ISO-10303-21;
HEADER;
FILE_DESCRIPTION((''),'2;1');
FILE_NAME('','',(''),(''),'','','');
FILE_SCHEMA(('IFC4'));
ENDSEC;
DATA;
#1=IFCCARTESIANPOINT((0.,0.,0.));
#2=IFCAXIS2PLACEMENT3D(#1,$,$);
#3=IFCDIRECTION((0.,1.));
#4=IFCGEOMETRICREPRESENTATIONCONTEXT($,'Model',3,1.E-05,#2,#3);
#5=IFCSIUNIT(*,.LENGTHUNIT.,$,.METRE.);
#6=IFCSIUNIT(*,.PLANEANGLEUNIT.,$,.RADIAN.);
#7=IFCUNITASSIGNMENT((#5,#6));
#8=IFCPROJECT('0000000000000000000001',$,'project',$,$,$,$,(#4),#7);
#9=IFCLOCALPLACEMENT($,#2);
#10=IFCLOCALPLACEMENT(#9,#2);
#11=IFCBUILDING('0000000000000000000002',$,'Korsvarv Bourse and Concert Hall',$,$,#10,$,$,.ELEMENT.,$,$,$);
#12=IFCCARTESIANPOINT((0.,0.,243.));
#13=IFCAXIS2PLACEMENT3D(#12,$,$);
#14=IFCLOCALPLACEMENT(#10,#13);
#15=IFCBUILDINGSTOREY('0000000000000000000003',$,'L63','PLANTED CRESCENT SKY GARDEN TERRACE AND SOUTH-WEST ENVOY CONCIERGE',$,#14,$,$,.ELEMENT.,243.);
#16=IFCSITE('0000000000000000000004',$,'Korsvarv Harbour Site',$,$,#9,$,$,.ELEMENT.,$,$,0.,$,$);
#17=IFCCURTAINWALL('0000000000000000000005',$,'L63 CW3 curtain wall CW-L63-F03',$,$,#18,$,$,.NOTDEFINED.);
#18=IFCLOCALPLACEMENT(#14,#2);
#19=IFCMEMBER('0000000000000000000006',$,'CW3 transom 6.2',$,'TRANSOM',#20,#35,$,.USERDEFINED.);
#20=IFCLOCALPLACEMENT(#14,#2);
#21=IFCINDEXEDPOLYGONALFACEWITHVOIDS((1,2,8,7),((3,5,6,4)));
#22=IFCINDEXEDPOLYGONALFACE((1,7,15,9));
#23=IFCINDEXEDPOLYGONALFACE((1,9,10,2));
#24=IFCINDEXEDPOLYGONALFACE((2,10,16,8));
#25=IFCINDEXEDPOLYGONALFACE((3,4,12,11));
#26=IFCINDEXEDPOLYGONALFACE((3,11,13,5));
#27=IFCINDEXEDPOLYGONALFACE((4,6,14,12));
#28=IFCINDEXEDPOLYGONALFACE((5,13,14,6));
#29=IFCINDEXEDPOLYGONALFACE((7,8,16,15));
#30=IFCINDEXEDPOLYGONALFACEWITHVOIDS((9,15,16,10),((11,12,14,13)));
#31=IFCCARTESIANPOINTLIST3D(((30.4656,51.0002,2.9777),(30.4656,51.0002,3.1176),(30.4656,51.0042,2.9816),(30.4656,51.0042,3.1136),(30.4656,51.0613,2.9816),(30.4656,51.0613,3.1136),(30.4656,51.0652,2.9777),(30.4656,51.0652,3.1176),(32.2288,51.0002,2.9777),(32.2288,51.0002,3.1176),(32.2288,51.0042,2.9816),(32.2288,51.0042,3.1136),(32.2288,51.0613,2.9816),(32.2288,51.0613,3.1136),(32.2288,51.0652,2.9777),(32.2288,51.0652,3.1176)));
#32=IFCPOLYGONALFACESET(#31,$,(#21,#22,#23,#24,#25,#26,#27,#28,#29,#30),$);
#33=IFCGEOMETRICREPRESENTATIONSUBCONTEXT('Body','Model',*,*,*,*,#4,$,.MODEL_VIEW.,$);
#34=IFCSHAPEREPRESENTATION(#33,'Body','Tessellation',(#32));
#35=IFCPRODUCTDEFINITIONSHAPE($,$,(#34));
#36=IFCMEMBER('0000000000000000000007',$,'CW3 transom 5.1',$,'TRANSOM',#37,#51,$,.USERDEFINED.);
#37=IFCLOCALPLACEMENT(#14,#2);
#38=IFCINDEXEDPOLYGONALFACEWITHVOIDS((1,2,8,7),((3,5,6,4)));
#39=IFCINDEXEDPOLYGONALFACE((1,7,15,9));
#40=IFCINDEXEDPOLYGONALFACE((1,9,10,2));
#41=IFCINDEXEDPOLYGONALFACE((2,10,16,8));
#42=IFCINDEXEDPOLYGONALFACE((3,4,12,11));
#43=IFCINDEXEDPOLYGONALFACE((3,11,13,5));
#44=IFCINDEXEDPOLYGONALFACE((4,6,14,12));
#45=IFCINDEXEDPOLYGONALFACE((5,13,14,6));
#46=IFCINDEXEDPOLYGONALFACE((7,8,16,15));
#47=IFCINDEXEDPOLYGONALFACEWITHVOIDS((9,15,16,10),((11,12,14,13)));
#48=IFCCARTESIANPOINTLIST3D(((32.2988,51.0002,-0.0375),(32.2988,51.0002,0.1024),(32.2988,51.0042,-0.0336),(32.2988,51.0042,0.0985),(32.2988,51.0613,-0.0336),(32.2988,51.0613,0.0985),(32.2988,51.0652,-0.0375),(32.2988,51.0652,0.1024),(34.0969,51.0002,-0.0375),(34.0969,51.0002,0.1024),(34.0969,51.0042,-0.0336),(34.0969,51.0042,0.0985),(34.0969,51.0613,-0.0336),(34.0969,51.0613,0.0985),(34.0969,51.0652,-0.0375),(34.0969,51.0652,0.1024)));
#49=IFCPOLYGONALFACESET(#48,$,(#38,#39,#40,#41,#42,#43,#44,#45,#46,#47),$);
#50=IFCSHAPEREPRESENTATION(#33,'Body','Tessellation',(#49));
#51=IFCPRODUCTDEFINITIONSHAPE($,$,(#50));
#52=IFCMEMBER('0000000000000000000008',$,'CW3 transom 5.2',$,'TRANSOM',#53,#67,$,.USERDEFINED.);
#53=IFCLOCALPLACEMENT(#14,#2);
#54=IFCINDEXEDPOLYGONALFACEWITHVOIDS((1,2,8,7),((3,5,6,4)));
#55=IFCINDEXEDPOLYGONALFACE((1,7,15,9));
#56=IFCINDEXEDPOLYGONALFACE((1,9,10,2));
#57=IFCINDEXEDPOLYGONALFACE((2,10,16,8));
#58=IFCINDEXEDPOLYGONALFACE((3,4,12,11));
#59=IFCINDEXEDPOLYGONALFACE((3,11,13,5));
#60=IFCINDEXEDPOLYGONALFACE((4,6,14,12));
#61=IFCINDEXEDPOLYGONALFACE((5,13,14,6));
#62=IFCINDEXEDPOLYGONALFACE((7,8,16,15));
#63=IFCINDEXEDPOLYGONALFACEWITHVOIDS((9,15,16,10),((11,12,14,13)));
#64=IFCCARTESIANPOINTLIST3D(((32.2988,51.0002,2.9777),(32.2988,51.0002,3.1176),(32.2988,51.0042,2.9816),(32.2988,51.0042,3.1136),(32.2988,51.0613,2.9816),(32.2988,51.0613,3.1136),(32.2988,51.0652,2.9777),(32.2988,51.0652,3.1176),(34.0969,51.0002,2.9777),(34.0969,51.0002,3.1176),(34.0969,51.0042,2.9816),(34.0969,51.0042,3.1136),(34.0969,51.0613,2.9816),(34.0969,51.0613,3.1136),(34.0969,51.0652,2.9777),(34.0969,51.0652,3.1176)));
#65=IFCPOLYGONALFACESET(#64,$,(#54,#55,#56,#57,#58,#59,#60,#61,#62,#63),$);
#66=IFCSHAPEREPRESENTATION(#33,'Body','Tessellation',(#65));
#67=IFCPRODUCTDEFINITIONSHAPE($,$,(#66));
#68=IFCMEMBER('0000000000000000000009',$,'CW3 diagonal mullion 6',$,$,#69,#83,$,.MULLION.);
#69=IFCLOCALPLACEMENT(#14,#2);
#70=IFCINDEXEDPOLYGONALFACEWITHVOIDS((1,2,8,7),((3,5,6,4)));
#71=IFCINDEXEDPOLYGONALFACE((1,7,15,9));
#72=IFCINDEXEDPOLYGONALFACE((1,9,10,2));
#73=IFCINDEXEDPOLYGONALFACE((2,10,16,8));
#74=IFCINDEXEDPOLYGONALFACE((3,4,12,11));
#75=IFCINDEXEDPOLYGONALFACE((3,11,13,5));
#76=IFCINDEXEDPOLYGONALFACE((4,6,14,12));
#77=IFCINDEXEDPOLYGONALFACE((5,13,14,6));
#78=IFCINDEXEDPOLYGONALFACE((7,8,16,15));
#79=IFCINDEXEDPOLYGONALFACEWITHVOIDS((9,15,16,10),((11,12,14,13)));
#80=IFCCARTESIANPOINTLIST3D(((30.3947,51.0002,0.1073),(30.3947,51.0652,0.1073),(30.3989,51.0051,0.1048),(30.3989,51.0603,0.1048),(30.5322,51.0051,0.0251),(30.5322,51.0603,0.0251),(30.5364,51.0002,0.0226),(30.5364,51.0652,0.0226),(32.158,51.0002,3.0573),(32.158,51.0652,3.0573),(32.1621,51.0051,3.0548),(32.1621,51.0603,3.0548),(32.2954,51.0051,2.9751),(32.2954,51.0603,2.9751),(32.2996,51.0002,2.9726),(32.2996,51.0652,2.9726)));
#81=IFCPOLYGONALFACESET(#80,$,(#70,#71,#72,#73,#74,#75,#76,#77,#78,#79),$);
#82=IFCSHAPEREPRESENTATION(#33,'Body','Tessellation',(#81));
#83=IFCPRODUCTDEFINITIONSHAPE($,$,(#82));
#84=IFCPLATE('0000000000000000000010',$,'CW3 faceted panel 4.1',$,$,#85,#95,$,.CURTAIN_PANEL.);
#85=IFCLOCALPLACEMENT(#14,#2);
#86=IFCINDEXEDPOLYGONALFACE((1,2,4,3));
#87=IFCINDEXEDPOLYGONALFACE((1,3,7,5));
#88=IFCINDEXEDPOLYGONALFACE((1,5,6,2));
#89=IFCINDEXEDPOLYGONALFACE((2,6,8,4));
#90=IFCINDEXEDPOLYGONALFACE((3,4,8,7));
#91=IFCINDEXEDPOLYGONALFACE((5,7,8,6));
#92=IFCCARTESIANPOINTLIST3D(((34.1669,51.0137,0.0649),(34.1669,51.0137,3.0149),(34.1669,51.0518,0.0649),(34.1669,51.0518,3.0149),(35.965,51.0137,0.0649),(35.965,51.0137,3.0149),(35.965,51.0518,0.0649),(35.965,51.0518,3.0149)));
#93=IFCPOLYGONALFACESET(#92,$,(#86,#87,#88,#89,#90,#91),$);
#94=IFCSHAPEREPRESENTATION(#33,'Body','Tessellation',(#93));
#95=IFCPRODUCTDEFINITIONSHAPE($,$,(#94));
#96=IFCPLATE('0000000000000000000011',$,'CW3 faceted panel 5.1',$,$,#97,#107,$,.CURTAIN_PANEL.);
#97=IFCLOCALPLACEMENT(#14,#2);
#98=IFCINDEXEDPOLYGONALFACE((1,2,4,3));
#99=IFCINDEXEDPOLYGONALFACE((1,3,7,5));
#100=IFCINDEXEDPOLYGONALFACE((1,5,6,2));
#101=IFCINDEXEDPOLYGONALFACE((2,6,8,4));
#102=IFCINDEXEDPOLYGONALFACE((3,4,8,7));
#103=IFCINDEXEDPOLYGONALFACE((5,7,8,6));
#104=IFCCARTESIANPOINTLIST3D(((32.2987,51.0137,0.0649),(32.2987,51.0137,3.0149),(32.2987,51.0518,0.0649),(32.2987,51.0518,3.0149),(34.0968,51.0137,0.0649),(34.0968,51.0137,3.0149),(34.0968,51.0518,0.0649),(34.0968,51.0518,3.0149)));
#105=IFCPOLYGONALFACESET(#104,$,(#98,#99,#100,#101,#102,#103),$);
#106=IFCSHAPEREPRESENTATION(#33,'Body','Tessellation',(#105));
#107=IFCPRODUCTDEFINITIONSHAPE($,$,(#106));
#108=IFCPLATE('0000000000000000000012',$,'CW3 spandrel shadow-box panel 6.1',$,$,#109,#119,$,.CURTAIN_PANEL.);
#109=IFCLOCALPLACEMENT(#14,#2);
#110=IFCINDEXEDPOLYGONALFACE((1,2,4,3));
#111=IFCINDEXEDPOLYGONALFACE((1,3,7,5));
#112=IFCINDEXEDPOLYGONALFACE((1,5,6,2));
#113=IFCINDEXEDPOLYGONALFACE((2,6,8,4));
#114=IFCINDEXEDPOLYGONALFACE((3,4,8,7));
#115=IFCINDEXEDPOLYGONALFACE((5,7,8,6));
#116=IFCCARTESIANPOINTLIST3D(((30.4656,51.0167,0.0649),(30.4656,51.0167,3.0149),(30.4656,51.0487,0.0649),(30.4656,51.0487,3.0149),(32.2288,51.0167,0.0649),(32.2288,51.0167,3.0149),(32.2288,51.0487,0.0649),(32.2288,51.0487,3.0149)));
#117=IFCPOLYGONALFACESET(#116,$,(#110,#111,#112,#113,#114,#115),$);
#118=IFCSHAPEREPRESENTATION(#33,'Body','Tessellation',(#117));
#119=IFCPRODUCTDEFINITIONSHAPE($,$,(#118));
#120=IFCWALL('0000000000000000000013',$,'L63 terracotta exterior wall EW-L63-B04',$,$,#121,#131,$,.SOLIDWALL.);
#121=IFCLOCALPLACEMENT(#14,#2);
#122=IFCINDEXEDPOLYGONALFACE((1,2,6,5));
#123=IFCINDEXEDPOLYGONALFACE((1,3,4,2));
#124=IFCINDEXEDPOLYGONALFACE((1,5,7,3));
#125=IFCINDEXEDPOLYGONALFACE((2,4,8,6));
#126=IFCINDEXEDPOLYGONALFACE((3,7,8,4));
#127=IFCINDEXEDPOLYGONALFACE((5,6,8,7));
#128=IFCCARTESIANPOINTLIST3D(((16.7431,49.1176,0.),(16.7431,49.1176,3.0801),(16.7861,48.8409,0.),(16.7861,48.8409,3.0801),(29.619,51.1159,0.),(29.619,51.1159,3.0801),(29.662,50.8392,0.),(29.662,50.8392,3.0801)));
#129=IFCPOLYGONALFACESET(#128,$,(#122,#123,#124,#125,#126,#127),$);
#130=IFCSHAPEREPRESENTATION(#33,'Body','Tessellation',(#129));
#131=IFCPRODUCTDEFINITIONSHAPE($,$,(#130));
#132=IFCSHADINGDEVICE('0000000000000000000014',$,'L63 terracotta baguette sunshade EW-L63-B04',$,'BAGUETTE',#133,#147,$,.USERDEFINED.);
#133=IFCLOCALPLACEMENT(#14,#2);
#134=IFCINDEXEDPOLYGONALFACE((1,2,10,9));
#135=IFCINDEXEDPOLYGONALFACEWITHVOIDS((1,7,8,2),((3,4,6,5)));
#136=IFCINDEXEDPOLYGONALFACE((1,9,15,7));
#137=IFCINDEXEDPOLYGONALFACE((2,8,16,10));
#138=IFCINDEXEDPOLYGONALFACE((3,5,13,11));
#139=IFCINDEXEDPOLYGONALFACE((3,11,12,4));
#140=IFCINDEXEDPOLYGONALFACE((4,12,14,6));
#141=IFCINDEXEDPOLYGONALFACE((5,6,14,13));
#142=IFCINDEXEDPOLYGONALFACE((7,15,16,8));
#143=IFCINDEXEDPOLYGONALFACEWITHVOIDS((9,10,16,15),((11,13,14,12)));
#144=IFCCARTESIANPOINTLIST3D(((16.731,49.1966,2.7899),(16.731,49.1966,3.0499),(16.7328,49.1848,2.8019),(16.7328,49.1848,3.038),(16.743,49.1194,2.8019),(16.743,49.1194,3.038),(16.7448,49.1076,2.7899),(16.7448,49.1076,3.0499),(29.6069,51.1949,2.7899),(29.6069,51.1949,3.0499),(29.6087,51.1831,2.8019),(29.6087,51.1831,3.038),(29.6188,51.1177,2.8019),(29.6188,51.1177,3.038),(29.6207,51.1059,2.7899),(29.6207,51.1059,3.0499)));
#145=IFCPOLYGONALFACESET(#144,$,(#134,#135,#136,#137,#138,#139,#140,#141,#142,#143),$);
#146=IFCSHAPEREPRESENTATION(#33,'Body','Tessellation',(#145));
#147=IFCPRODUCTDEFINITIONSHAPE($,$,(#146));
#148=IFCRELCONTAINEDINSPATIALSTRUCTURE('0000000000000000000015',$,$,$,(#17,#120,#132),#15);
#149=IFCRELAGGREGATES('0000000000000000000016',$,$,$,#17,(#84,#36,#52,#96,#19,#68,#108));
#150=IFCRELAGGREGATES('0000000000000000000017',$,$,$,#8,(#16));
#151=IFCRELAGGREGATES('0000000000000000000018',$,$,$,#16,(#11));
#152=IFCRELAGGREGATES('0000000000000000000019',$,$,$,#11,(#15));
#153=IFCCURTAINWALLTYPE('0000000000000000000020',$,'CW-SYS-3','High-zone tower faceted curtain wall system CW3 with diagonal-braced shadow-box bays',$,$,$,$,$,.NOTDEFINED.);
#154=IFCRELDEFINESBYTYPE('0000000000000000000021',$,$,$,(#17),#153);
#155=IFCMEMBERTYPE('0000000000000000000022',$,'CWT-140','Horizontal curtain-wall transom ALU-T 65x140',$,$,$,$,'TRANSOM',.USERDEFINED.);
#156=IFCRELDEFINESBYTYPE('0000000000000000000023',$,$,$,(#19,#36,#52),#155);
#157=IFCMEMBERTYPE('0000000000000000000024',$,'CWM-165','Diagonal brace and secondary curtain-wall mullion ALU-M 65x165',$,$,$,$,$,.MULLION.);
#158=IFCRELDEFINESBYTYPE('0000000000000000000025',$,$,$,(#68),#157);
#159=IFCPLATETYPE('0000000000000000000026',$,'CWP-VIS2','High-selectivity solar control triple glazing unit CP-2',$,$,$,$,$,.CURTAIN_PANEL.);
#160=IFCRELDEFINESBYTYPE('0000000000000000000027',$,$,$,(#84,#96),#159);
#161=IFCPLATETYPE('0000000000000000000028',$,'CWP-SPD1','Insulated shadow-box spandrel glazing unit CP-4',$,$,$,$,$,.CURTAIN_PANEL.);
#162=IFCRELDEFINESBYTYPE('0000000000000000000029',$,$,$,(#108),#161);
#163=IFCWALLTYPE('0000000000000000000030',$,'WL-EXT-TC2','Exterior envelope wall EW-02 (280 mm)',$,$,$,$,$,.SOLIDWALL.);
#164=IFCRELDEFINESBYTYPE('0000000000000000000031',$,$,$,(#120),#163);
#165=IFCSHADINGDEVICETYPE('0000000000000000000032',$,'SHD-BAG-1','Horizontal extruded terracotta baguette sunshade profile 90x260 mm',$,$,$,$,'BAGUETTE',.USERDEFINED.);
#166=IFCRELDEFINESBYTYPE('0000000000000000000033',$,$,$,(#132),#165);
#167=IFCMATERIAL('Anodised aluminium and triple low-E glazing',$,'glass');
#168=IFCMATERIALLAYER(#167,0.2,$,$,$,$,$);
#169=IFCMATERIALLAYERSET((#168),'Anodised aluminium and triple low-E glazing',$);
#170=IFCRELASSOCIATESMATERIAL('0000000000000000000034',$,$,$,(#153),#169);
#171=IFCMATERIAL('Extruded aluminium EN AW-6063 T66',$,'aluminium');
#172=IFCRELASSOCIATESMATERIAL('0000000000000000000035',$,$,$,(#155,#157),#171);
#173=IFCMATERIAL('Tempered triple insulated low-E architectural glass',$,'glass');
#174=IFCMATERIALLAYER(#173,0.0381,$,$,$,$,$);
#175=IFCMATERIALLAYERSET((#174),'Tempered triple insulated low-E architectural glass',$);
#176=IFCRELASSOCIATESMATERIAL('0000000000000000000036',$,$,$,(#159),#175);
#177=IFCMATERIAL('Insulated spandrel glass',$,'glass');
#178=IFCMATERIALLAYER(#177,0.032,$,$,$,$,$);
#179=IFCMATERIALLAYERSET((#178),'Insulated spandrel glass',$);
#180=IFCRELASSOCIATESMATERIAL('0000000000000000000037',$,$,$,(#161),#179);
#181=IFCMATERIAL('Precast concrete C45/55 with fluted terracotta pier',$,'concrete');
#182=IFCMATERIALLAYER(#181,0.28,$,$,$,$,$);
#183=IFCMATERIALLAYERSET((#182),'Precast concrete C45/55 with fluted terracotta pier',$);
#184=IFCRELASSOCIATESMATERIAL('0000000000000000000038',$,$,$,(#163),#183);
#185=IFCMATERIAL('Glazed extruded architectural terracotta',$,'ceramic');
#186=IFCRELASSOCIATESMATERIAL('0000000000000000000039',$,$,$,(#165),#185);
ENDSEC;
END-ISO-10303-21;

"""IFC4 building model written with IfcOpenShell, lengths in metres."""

from ifc_helpers import new_model, si_unit, direction, frame, frame_2d, origin, origin_2d, place, context, subcontext, project, spatial, rectangle, hollow_rectangle, extrude, source, transform, mapped, material, layer, layer_set, material_profile, profile_set, type_object, element, aggregate, save


model = new_model("IFC4")

# Units and contexts
model_context = context("Model", 3, precision=1e-05, world=origin(), true_north=direction((0.0, 1.0)))
body_context = subcontext(model_context, "Body", "Model", "MODEL_VIEW")
ifc_project = project(units=[si_unit("LENGTHUNIT", "METRE"), si_unit("PLANEANGLEUNIT", "RADIAN")], contexts=[model_context])

# Site, building, storey
site_placement = place(None, origin())
site = spatial("IfcSite", under=ifc_project, at=site_placement, Name="Korsvarv Harbour Site", CompositionType="ELEMENT", RefElevation=0.0)
building_placement = place(site_placement, origin())
building = spatial("IfcBuilding", under=site, at=building_placement, Name="Korsvarv Bourse and Concert Hall", CompositionType="ELEMENT")
storey_placement = place(building_placement, frame((0.0, 0.0, 243.0)))
storey = spatial("IfcBuildingStorey", under=building, at=storey_placement, Name="L63", Description="PLANTED CRESCENT SKY GARDEN TERRACE AND SOUTH-WEST ENVOY CONCIERGE", CompositionType="ELEMENT", Elevation=243.0)

# Curtain wall, members, plates
ifc_material_1 = material(Name="Anodised aluminium and triple low-E glazing", Category="glass")
ifc_layer_1 = layer(ifc_material_1, 0.2)
ifc_layer_set_1 = layer_set([ifc_layer_1], Name="Anodised aluminium and triple low-E glazing")
curtain_wall_type = type_object("IfcCurtainWallType", Name="CW-SYS-3", Description="High-zone tower faceted curtain wall system CW3 with diagonal-braced shadow-box bays", PredefinedType="NOTDEFINED", material=ifc_layer_set_1)
curtain_wall_placement = place(storey_placement, origin())
curtain_wall = element("IfcCurtainWall", 1, at=curtain_wall_placement, inside=storey, type_object=curtain_wall_type, Name="L63 CW3 curtain wall CW-L63-F03", PredefinedType="NOTDEFINED")
ifc_material_2 = material(Name="Extruded aluminium EN AW-6063 T66", Category="aluminium")
ifc_material_profile_1 = material_profile(ifc_material_2, hollow_rectangle(XDim=0.0649, YDim=0.1399, WallThickness=0.0039, at=origin_2d()), Name="ALU-T 65x140")
ifc_profile_set_1 = profile_set([ifc_material_profile_1], Name="Extruded aluminium EN AW-6063 T66")
member_type_1 = type_object("IfcMemberType", Name="CWT-140", Description="Horizontal curtain-wall transom ALU-T 65x140", ElementType="TRANSOM", PredefinedType="USERDEFINED", material=ifc_profile_set_1)
shared_shape_1 = source(origin(), body_context, "Body", "SweptSolid", [
    extrude(hollow_rectangle(XDim=0.0649, YDim=0.1399, WallThickness=0.0039, at=origin_2d()), origin(), (0.0, 0.0, 1.0), 1.7632),
])
member_1_placement = place(storey_placement, frame((32.2288, 51.0327, 3.0476), z_axis=(-1.0, 0.0, 0.0), x_axis=(0.0, -1.0, 0.0)))
member_1 = element("IfcMember", 2, at=member_1_placement, type_object=member_type_1, Name="CW3 transom 6.2", ObjectType="TRANSOM", PredefinedType="USERDEFINED", context=body_context, shape_type="MappedRepresentation", body=[
    mapped(shared_shape_1, transform((0.0, 0.0, 0.0), scale=1.0)),
])
shared_shape_2 = source(origin(), body_context, "Body", "SweptSolid", [
    extrude(hollow_rectangle(XDim=0.0649, YDim=0.1399, WallThickness=0.0039, at=origin_2d()), origin(), (0.0, 0.0, 1.0), 1.7981),
])
member_2_placement = place(storey_placement, frame((34.0969, 51.0327, 0.0325), z_axis=(-1.0, 0.0, 0.0), x_axis=(0.0, -1.0, 0.0)))
member_2 = element("IfcMember", 3, at=member_2_placement, type_object=member_type_1, Name="CW3 transom 5.1", ObjectType="TRANSOM", PredefinedType="USERDEFINED", context=body_context, shape_type="MappedRepresentation", body=[
    mapped(shared_shape_2, transform((0.0, 0.0, 0.0), scale=1.0)),
])
member_3_placement = place(storey_placement, frame((34.0969, 51.0327, 3.0476), z_axis=(-1.0, 0.0, 0.0), x_axis=(0.0, -1.0, 0.0)))
member_3 = element("IfcMember", 4, at=member_3_placement, type_object=member_type_1, Name="CW3 transom 5.2", ObjectType="TRANSOM", PredefinedType="USERDEFINED", context=body_context, shape_type="MappedRepresentation", body=[
    mapped(shared_shape_2, transform((0.0, 0.0, 0.0), scale=1.0)),
])
ifc_material_profile_2 = material_profile(ifc_material_2, hollow_rectangle(XDim=0.0649, YDim=0.165, WallThickness=0.0049, at=origin_2d()), Name="ALU-M 65x165")
ifc_profile_set_2 = profile_set([ifc_material_profile_2], Name="Extruded aluminium EN AW-6063 T66")
member_type_2 = type_object("IfcMemberType", Name="CWM-165", Description="Diagonal brace and secondary curtain-wall mullion ALU-M 65x165", PredefinedType="MULLION", material=ifc_profile_set_2)
shared_shape_3 = source(origin(), body_context, "Body", "SweptSolid", [
    extrude(hollow_rectangle(XDim=0.0649, YDim=0.165, WallThickness=0.0049, at=origin_2d()), origin(), (0.0, 0.0, 1.0), 3.4368),
])
member_4_placement = place(storey_placement, frame((30.4656, 51.0327, 0.0649), z_axis=(0.513043, 0.0, 0.858363), x_axis=(0.0, 1.0, 0.0)))
member_4 = element("IfcMember", 5, at=member_4_placement, type_object=member_type_2, Name="CW3 diagonal mullion 6", PredefinedType="MULLION", context=body_context, shape_type="MappedRepresentation", body=[
    mapped(shared_shape_3, transform((0.0, 0.0, 0.0), scale=1.0)),
])
ifc_material_3 = material(Name="Tempered triple insulated low-E architectural glass", Category="glass")
ifc_layer_2 = layer(ifc_material_3, 0.0381)
ifc_layer_set_2 = layer_set([ifc_layer_2], Name="Tempered triple insulated low-E architectural glass")
plate_type_1 = type_object("IfcPlateType", Name="CWP-VIS2", Description="High-selectivity solar control triple glazing unit CP-2", PredefinedType="CURTAIN_PANEL", material=ifc_layer_set_2)
shared_shape_4 = source(origin(), body_context, "Body", "SweptSolid", [
    extrude(rectangle(XDim=1.7981, YDim=0.0381, at=origin_2d()), origin(), (0.0, 0.0, 1.0), 2.95),
])
plate_1_placement = place(storey_placement, frame((35.0659, 51.0327, 0.0649), z_axis=(0.0, 0.0, 1.0), x_axis=(-1.0, 0.0, 0.0)))
plate_1 = element("IfcPlate", 6, at=plate_1_placement, type_object=plate_type_1, Name="CW3 faceted panel 4.1", PredefinedType="CURTAIN_PANEL", context=body_context, shape_type="MappedRepresentation", body=[
    mapped(shared_shape_4, transform((0.0, 0.0, 0.0), scale=1.0)),
])
plate_2_placement = place(storey_placement, frame((33.1978, 51.0327, 0.0649), z_axis=(0.0, 0.0, 1.0), x_axis=(-1.0, 0.0, 0.0)))
plate_2 = element("IfcPlate", 7, at=plate_2_placement, type_object=plate_type_1, Name="CW3 faceted panel 5.1", PredefinedType="CURTAIN_PANEL", context=body_context, shape_type="MappedRepresentation", body=[
    mapped(shared_shape_4, transform((0.0, 0.0, 0.0), scale=1.0)),
])
ifc_material_4 = material(Name="Insulated spandrel glass", Category="glass")
ifc_layer_3 = layer(ifc_material_4, 0.032)
ifc_layer_set_3 = layer_set([ifc_layer_3], Name="Insulated spandrel glass")
plate_type_2 = type_object("IfcPlateType", Name="CWP-SPD1", Description="Insulated shadow-box spandrel glazing unit CP-4", PredefinedType="CURTAIN_PANEL", material=ifc_layer_set_3)
shared_shape_5 = source(origin(), body_context, "Body", "SweptSolid", [
    extrude(rectangle(XDim=1.7632, YDim=0.032, at=origin_2d()), origin(), (0.0, 0.0, 1.0), 2.95),
])
plate_3_placement = place(storey_placement, frame((31.3472, 51.0327, 0.0649), z_axis=(0.0, 0.0, 1.0), x_axis=(-1.0, 0.0, 0.0)))
plate_3 = element("IfcPlate", 8, at=plate_3_placement, type_object=plate_type_2, Name="CW3 spandrel shadow-box panel 6.1", PredefinedType="CURTAIN_PANEL", context=body_context, shape_type="MappedRepresentation", body=[
    mapped(shared_shape_5, transform((0.0, 0.0, 0.0), scale=1.0)),
])
aggregate(curtain_wall, [plate_1, member_2, member_3, plate_2, member_1, member_4, plate_3])

# Wall
ifc_material_5 = material(Name="Precast concrete C45/55 with fluted terracotta pier", Category="concrete")
ifc_layer_4 = layer(ifc_material_5, 0.28)
ifc_layer_set_4 = layer_set([ifc_layer_4], Name="Precast concrete C45/55 with fluted terracotta pier")
wall_type = type_object("IfcWallType", Name="WL-EXT-TC2", Description="Exterior envelope wall EW-02 (280 mm)", PredefinedType="SOLIDWALL", material=ifc_layer_set_4)
wall_placement = place(storey_placement, frame((29.6406, 50.9775, 0.0), z_axis=(0.0, 0.0, 1.0), x_axis=(-0.98817, -0.153359, 0.0)))
element("IfcWall", 9, at=wall_placement, inside=storey, type_object=wall_type, Name="L63 terracotta exterior wall EW-L63-B04", PredefinedType="SOLIDWALL", context=body_context, shape_type="SweptSolid", body=[
    extrude(rectangle(XDim=13.03, YDim=0.28, at=frame_2d((6.5151, 0.0))), origin(), (0.0, 0.0, 1.0), 3.0801),
])

# Shading device
ifc_material_6 = material(Name="Glazed extruded architectural terracotta", Category="ceramic")
ifc_material_profile_3 = material_profile(ifc_material_6, hollow_rectangle(XDim=0.0901, YDim=0.26, WallThickness=0.012, at=origin_2d()), Name="TC-BAG 90x260")
ifc_profile_set_3 = profile_set([ifc_material_profile_3], Name="Glazed extruded architectural terracotta")
shading_device_type = type_object("IfcShadingDeviceType", Name="SHD-BAG-1", Description="Horizontal extruded terracotta baguette sunshade profile 90x260 mm", ElementType="BAGUETTE", PredefinedType="USERDEFINED", material=ifc_profile_set_3)
shared_shape_6 = source(origin(), body_context, "Body", "SweptSolid", [
    extrude(hollow_rectangle(XDim=0.0901, YDim=0.26, WallThickness=0.012, at=origin_2d()), origin(), (0.0, 0.0, 1.0), 13.03),
])
shading_device_placement = place(storey_placement, frame((29.6138, 51.1504, 2.9199), z_axis=(-0.98817, -0.153359, 0.0), x_axis=(0.153359, -0.98817, 0.0)))
element("IfcShadingDevice", 10, at=shading_device_placement, inside=storey, type_object=shading_device_type, Name="L63 terracotta baguette sunshade EW-L63-B04", ObjectType="BAGUETTE", PredefinedType="USERDEFINED", context=body_context, shape_type="MappedRepresentation", body=[
    mapped(shared_shape_6, transform((0.0, 0.0, 0.0), scale=1.0)),
])

save(model, "model.ifc")
